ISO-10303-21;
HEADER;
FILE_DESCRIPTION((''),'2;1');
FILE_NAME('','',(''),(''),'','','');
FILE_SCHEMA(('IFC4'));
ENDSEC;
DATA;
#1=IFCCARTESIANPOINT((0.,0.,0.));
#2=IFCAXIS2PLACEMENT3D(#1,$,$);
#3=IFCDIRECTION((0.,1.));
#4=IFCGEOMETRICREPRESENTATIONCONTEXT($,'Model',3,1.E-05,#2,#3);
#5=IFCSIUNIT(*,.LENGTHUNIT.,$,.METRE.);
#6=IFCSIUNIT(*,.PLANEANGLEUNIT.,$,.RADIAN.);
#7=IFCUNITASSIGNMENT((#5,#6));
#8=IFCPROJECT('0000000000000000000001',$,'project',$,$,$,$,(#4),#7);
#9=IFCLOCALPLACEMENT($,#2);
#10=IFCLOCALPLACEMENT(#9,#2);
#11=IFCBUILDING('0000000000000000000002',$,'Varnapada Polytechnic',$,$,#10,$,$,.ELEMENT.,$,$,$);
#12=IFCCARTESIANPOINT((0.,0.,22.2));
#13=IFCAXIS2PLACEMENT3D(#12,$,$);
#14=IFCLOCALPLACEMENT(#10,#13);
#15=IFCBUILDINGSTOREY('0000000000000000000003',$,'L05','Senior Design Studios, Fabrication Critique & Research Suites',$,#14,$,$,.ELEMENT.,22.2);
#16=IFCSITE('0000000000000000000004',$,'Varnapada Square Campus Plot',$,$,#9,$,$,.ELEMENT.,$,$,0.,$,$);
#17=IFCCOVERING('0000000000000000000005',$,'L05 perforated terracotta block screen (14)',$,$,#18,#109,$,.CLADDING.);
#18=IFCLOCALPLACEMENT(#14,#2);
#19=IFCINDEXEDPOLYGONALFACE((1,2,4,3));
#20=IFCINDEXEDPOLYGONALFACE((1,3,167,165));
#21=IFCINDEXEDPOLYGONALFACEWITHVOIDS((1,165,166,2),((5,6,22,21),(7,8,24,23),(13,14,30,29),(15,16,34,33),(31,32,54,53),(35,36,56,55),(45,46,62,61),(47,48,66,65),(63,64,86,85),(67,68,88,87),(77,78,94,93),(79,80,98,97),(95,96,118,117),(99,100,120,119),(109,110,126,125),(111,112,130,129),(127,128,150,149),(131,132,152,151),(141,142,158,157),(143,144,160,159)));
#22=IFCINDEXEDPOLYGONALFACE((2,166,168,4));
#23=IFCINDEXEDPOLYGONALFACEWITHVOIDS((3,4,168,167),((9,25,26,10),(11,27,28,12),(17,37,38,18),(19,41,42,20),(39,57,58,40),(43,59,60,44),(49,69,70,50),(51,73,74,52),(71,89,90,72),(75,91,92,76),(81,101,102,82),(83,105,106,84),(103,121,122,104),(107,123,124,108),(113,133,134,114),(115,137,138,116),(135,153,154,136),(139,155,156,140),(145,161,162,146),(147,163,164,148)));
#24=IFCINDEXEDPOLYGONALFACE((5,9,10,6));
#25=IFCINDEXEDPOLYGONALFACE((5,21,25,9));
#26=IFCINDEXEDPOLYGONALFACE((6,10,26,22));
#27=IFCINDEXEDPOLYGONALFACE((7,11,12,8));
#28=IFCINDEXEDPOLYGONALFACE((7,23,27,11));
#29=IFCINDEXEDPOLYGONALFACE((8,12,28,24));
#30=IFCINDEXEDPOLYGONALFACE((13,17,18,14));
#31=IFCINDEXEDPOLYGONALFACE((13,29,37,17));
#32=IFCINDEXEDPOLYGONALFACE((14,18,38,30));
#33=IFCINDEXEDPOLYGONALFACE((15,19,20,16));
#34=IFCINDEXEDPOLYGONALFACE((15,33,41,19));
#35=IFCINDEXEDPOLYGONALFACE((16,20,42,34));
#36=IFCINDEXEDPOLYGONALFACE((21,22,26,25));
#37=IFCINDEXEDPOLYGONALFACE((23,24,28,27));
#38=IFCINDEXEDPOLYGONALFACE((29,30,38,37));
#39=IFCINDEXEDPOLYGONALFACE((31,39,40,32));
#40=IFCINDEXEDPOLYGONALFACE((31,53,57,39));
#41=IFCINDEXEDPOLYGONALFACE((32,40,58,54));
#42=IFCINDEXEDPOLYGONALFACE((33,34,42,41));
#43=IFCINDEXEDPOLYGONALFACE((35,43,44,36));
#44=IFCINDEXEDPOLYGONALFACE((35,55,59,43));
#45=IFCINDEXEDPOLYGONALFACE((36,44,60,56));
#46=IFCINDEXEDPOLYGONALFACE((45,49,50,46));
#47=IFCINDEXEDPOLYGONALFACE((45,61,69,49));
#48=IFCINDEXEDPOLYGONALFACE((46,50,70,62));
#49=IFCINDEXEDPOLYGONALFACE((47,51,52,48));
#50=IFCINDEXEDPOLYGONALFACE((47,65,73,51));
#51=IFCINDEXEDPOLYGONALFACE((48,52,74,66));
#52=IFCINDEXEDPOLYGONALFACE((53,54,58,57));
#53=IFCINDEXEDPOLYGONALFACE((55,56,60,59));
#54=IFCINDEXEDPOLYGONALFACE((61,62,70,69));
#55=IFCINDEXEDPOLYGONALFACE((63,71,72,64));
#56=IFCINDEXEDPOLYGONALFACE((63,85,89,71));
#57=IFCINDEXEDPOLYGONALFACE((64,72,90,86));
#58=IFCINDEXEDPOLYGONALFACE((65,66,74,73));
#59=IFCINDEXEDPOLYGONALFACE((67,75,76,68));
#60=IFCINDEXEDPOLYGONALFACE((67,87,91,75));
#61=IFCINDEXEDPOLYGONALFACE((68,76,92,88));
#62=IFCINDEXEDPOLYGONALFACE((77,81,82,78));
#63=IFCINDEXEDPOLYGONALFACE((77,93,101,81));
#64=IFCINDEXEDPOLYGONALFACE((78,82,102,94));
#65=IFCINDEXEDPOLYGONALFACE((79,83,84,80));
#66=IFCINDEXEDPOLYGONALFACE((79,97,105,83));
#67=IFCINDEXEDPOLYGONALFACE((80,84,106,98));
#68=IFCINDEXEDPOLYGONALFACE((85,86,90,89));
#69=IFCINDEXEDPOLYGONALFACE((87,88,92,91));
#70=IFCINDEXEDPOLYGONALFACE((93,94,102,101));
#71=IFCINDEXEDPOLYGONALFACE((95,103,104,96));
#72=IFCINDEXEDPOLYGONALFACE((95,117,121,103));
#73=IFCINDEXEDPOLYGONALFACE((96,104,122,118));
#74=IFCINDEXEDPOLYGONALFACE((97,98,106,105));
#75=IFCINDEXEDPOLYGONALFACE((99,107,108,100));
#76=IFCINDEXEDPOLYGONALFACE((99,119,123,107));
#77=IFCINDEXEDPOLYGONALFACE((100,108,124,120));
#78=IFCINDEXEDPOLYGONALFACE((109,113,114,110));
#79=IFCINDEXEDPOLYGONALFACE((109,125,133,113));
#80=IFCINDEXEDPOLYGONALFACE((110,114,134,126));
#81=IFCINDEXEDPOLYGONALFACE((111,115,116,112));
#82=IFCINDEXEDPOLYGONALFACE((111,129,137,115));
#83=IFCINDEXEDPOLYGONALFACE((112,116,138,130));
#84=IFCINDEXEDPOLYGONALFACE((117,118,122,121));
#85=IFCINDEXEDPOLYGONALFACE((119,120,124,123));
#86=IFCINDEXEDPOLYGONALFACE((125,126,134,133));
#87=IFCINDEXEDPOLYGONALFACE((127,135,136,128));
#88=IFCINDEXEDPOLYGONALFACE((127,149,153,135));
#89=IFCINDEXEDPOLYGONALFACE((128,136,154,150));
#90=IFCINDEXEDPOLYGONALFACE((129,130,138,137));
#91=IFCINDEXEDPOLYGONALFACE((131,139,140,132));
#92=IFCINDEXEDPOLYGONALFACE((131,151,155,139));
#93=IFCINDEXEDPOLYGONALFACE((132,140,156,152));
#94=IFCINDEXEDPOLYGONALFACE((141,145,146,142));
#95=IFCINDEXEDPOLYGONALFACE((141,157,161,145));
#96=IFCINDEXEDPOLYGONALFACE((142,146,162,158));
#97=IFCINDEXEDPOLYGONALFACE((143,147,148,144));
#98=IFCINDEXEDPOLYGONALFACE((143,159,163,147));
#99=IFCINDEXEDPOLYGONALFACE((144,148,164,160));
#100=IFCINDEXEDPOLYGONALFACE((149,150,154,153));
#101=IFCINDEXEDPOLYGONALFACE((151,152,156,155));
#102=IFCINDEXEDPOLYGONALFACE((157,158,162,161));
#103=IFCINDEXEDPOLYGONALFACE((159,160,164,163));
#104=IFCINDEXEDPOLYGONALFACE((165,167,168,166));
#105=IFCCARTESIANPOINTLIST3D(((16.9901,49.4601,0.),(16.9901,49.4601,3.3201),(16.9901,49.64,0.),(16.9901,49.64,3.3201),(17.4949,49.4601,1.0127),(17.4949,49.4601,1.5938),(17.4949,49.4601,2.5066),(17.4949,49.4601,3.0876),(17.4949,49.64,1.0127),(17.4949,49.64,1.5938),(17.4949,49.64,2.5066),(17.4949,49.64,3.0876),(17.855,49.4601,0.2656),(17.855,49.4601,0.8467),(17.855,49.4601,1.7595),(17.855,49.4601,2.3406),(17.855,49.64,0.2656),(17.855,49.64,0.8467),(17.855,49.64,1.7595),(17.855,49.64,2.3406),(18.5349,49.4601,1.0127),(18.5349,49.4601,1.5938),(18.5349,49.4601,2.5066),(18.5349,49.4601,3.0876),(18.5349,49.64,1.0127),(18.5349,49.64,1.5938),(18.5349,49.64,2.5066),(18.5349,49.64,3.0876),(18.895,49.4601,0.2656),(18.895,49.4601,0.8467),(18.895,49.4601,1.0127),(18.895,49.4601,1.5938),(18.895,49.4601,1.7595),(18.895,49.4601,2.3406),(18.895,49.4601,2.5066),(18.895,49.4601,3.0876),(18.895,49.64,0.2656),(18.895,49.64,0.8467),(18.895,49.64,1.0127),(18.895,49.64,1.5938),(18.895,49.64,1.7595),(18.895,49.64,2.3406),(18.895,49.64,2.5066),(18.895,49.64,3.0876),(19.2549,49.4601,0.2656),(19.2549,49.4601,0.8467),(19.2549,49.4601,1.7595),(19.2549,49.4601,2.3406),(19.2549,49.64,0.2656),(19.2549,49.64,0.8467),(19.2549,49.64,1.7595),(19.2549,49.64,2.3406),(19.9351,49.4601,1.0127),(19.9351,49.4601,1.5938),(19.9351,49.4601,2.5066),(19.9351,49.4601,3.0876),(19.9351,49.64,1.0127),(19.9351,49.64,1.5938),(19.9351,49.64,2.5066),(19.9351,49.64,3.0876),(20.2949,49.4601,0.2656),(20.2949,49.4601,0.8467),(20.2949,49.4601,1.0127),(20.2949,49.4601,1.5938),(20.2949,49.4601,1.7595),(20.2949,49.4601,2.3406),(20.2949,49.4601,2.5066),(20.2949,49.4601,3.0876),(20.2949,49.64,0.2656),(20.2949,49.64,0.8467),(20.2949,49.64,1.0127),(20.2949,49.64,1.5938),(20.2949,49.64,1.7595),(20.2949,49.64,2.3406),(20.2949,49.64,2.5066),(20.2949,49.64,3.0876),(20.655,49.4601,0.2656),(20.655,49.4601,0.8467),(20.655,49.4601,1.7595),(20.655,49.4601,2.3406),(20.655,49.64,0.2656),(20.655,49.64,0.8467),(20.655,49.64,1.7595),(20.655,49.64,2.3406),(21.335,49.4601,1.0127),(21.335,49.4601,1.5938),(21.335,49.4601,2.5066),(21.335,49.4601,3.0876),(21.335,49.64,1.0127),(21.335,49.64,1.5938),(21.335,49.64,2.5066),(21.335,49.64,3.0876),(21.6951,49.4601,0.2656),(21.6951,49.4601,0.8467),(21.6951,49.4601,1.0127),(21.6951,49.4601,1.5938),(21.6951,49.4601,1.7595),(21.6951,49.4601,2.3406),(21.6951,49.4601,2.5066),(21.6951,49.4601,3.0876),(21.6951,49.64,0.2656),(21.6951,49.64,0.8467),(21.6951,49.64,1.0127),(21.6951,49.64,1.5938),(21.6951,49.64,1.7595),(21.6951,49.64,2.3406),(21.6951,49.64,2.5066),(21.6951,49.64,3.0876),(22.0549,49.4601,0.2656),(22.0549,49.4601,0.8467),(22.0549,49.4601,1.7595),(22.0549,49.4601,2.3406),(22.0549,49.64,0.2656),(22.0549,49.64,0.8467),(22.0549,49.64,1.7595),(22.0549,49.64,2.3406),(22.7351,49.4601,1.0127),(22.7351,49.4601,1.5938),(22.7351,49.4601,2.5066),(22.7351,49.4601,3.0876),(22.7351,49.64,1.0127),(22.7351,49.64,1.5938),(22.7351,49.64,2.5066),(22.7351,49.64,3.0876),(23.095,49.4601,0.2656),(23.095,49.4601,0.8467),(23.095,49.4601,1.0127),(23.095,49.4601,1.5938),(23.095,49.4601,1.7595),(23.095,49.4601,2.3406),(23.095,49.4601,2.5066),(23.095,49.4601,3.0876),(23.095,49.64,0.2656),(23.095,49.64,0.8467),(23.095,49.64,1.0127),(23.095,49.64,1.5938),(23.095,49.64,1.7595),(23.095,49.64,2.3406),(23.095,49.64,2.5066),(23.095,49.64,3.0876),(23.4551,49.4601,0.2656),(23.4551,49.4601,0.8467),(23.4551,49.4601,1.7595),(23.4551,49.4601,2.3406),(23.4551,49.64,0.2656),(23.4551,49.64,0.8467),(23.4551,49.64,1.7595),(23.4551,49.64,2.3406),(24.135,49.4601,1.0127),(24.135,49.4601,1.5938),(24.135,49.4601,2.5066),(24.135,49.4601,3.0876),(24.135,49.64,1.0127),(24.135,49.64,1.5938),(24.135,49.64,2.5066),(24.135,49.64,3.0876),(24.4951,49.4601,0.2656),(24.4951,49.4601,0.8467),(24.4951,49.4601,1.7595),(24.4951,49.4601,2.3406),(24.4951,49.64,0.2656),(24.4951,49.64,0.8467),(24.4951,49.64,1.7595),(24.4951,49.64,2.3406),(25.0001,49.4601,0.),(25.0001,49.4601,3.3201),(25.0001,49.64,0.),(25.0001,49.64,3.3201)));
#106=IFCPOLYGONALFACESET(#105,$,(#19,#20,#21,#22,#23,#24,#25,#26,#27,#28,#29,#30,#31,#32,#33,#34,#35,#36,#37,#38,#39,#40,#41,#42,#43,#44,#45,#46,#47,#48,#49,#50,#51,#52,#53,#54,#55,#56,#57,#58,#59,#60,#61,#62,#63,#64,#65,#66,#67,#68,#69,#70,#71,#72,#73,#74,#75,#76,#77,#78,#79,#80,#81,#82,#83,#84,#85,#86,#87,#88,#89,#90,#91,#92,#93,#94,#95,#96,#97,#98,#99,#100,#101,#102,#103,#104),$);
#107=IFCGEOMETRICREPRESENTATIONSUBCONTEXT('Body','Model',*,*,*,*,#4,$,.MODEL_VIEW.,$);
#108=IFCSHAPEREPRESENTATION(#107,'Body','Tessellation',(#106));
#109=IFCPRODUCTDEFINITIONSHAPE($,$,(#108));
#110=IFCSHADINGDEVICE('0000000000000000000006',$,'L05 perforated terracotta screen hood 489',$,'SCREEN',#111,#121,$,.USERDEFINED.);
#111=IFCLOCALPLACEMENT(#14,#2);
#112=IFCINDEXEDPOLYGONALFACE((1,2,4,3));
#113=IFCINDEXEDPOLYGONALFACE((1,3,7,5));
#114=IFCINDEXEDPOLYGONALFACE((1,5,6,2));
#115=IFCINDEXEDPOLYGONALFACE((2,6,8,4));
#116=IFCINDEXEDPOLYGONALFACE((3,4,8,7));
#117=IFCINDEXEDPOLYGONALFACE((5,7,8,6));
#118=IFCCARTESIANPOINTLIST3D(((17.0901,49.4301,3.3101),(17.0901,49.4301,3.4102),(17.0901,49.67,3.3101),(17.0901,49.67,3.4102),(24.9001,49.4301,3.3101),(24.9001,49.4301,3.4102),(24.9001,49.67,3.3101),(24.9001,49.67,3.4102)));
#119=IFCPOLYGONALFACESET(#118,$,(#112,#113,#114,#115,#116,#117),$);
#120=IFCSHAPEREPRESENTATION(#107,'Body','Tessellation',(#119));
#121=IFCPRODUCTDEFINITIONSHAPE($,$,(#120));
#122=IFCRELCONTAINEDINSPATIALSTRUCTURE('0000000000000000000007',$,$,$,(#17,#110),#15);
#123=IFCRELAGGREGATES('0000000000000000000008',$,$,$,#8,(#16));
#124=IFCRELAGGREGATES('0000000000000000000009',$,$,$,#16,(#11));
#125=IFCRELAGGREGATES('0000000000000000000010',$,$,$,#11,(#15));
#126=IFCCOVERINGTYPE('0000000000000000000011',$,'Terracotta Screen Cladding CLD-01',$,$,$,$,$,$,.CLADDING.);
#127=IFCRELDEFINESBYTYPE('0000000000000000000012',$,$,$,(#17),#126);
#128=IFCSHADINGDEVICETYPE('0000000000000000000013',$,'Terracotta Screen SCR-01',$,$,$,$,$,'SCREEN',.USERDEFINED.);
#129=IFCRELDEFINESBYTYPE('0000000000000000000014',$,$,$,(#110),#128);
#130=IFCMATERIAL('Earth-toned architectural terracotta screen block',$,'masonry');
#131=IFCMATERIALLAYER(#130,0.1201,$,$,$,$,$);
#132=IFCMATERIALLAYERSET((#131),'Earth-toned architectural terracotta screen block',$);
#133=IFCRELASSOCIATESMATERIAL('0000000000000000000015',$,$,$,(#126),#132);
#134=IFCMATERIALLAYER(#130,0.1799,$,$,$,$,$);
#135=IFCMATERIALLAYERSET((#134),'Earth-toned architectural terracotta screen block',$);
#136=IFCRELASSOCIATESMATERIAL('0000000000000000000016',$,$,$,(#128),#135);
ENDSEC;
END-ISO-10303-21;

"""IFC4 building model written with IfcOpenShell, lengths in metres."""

from ifc_helpers import new_model, si_unit, direction, frame, frame_2d, origin, origin_2d, place, context, subcontext, project, spatial, rectangle, extrude, material, layer, layer_set, type_object, element, save


model = new_model("IFC4")

# Units and contexts
model_context = context("Model", 3, precision=1e-05, world=origin(), true_north=direction((0.0, 1.0)))
body_context = subcontext(model_context, "Body", "Model", "MODEL_VIEW")
ifc_project = project(units=[si_unit("LENGTHUNIT", "METRE"), si_unit("PLANEANGLEUNIT", "RADIAN")], contexts=[model_context])

# Site, building, storey
site_placement = place(None, origin())
site = spatial("IfcSite", under=ifc_project, at=site_placement, Name="Varnapada Square Campus Plot", CompositionType="ELEMENT", RefElevation=0.0)
building_placement = place(site_placement, origin())
building = spatial("IfcBuilding", under=site, at=building_placement, Name="Varnapada Polytechnic", CompositionType="ELEMENT")
storey_placement = place(building_placement, frame((0.0, 0.0, 22.2)))
storey = spatial("IfcBuildingStorey", under=building, at=storey_placement, Name="L05", Description="Senior Design Studios, Fabrication Critique & Research Suites", CompositionType="ELEMENT", Elevation=22.2)

# Covering, openings
ifc_material_1 = material(Name="Earth-toned architectural terracotta screen block", Category="masonry")
ifc_layer_1 = layer(ifc_material_1, 0.1201)
ifc_layer_set_1 = layer_set([ifc_layer_1], Name="Earth-toned architectural terracotta screen block")
covering_type = type_object("IfcCoveringType", Name="Terracotta Screen Cladding CLD-01", PredefinedType="CLADDING", material=ifc_layer_set_1)
covering_placement = place(storey_placement, frame((25.0, 49.55, 0.0), z_axis=(0.0, 0.0, 1.0), x_axis=(-1.0, 0.0, 0.0)))
covering = element("IfcCovering", 1, at=covering_placement, inside=storey, type_object=covering_type, Name="L05 perforated terracotta block screen (14)", PredefinedType="CLADDING", context=body_context, shape_type="SweptSolid", body=[
    extrude(rectangle(XDim=8.01, YDim=0.1799, at=frame_2d((4.0049, 0.0))), origin(), (0.0, 0.0, 1.0), 3.3201),
])
opening_1_placement = place(covering_placement, frame((0.5049, 0.0, 0.2656)))
element("IfcOpeningElement", 2, at=opening_1_placement, cuts=covering, PredefinedType="OPENING", context=body_context, shape_type="SweptSolid", body=[
    extrude(rectangle(XDim=1.04, YDim=0.5811, at=frame_2d((0.52, 0.2905))), frame((0.0, 0.0999, 0.0), z_axis=(0.0, -1.0, 0.0), x_axis=(1.0, 0.0, 0.0)), (0.0, 0.0, 1.0), 0.2),
])
opening_2_placement = place(covering_placement, frame((1.905, 0.0, 0.2656)))
element("IfcOpeningElement", 3, at=opening_2_placement, cuts=covering, PredefinedType="OPENING", context=body_context, shape_type="SweptSolid", body=[
    extrude(rectangle(XDim=1.04, YDim=0.5811, at=frame_2d((0.52, 0.2905))), frame((0.0, 0.0999, 0.0), z_axis=(0.0, -1.0, 0.0), x_axis=(1.0, 0.0, 0.0)), (0.0, 0.0, 1.0), 0.2),
])
opening_3_placement = place(covering_placement, frame((3.3049, 0.0, 0.2656)))
element("IfcOpeningElement", 4, at=opening_3_placement, cuts=covering, PredefinedType="OPENING", context=body_context, shape_type="SweptSolid", body=[
    extrude(rectangle(XDim=1.04, YDim=0.5811, at=frame_2d((0.52, 0.2905))), frame((0.0, 0.0999, 0.0), z_axis=(0.0, -1.0, 0.0), x_axis=(1.0, 0.0, 0.0)), (0.0, 0.0, 1.0), 0.2),
])
opening_4_placement = place(covering_placement, frame((4.7051, 0.0, 0.2656)))
element("IfcOpeningElement", 5, at=opening_4_placement, cuts=covering, PredefinedType="OPENING", context=body_context, shape_type="SweptSolid", body=[
    extrude(rectangle(XDim=1.04, YDim=0.5811, at=frame_2d((0.52, 0.2905))), frame((0.0, 0.0999, 0.0), z_axis=(0.0, -1.0, 0.0), x_axis=(1.0, 0.0, 0.0)), (0.0, 0.0, 1.0), 0.2),
])
opening_5_placement = place(covering_placement, frame((6.105, 0.0, 0.2656)))
element("IfcOpeningElement", 6, at=opening_5_placement, cuts=covering, PredefinedType="OPENING", context=body_context, shape_type="SweptSolid", body=[
    extrude(rectangle(XDim=1.04, YDim=0.5811, at=frame_2d((0.52, 0.2905))), frame((0.0, 0.0999, 0.0), z_axis=(0.0, -1.0, 0.0), x_axis=(1.0, 0.0, 0.0)), (0.0, 0.0, 1.0), 0.2),
])
opening_6_placement = place(covering_placement, frame((0.865, 0.0, 1.0127)))
element("IfcOpeningElement", 7, at=opening_6_placement, cuts=covering, PredefinedType="OPENING", context=body_context, shape_type="SweptSolid", body=[
    extrude(rectangle(XDim=1.04, YDim=0.5811, at=frame_2d((0.52, 0.2905))), frame((0.0, 0.0999, 0.0), z_axis=(0.0, -1.0, 0.0), x_axis=(1.0, 0.0, 0.0)), (0.0, 0.0, 1.0), 0.2),
])
opening_7_placement = place(covering_placement, frame((2.2649, 0.0, 1.0127)))
element("IfcOpeningElement", 8, at=opening_7_placement, cuts=covering, PredefinedType="OPENING", context=body_context, shape_type="SweptSolid", body=[
    extrude(rectangle(XDim=1.04, YDim=0.5811, at=frame_2d((0.52, 0.2905))), frame((0.0, 0.0999, 0.0), z_axis=(0.0, -1.0, 0.0), x_axis=(1.0, 0.0, 0.0)), (0.0, 0.0, 1.0), 0.2),
])
opening_8_placement = place(covering_placement, frame((3.665, 0.0, 1.0127)))
element("IfcOpeningElement", 9, at=opening_8_placement, cuts=covering, PredefinedType="OPENING", context=body_context, shape_type="SweptSolid", body=[
    extrude(rectangle(XDim=1.04, YDim=0.5811, at=frame_2d((0.52, 0.2905))), frame((0.0, 0.0999, 0.0), z_axis=(0.0, -1.0, 0.0), x_axis=(1.0, 0.0, 0.0)), (0.0, 0.0, 1.0), 0.2),
])
opening_9_placement = place(covering_placement, frame((5.0649, 0.0, 1.0127)))
element("IfcOpeningElement", 10, at=opening_9_placement, cuts=covering, PredefinedType="OPENING", context=body_context, shape_type="SweptSolid", body=[
    extrude(rectangle(XDim=1.04, YDim=0.5811, at=frame_2d((0.52, 0.2905))), frame((0.0, 0.0999, 0.0), z_axis=(0.0, -1.0, 0.0), x_axis=(1.0, 0.0, 0.0)), (0.0, 0.0, 1.0), 0.2),
])
opening_10_placement = place(covering_placement, frame((6.4651, 0.0, 1.0127)))
element("IfcOpeningElement", 11, at=opening_10_placement, cuts=covering, PredefinedType="OPENING", context=body_context, shape_type="SweptSolid", body=[
    extrude(rectangle(XDim=1.04, YDim=0.5811, at=frame_2d((0.52, 0.2905))), frame((0.0, 0.0999, 0.0), z_axis=(0.0, -1.0, 0.0), x_axis=(1.0, 0.0, 0.0)), (0.0, 0.0, 1.0), 0.2),
])
opening_11_placement = place(covering_placement, frame((0.5049, 0.0, 1.7595)))
element("IfcOpeningElement", 12, at=opening_11_placement, cuts=covering, PredefinedType="OPENING", context=body_context, shape_type="SweptSolid", body=[
    extrude(rectangle(XDim=1.04, YDim=0.5811, at=frame_2d((0.52, 0.2905))), frame((0.0, 0.0999, 0.0), z_axis=(0.0, -1.0, 0.0), x_axis=(1.0, 0.0, 0.0)), (0.0, 0.0, 1.0), 0.2),
])
opening_12_placement = place(covering_placement, frame((1.905, 0.0, 1.7595)))
element("IfcOpeningElement", 13, at=opening_12_placement, cuts=covering, PredefinedType="OPENING", context=body_context, shape_type="SweptSolid", body=[
    extrude(rectangle(XDim=1.04, YDim=0.5811, at=frame_2d((0.52, 0.2905))), frame((0.0, 0.0999, 0.0), z_axis=(0.0, -1.0, 0.0), x_axis=(1.0, 0.0, 0.0)), (0.0, 0.0, 1.0), 0.2),
])
opening_13_placement = place(covering_placement, frame((3.3049, 0.0, 1.7595)))
element("IfcOpeningElement", 14, at=opening_13_placement, cuts=covering, PredefinedType="OPENING", context=body_context, shape_type="SweptSolid", body=[
    extrude(rectangle(XDim=1.04, YDim=0.5811, at=frame_2d((0.52, 0.2905))), frame((0.0, 0.0999, 0.0), z_axis=(0.0, -1.0, 0.0), x_axis=(1.0, 0.0, 0.0)), (0.0, 0.0, 1.0), 0.2),
])
opening_14_placement = place(covering_placement, frame((4.7051, 0.0, 1.7595)))
element("IfcOpeningElement", 15, at=opening_14_placement, cuts=covering, PredefinedType="OPENING", context=body_context, shape_type="SweptSolid", body=[
    extrude(rectangle(XDim=1.04, YDim=0.5811, at=frame_2d((0.52, 0.2905))), frame((0.0, 0.0999, 0.0), z_axis=(0.0, -1.0, 0.0), x_axis=(1.0, 0.0, 0.0)), (0.0, 0.0, 1.0), 0.2),
])
opening_15_placement = place(covering_placement, frame((6.105, 0.0, 1.7595)))
element("IfcOpeningElement", 16, at=opening_15_placement, cuts=covering, PredefinedType="OPENING", context=body_context, shape_type="SweptSolid", body=[
    extrude(rectangle(XDim=1.04, YDim=0.5811, at=frame_2d((0.52, 0.2905))), frame((0.0, 0.0999, 0.0), z_axis=(0.0, -1.0, 0.0), x_axis=(1.0, 0.0, 0.0)), (0.0, 0.0, 1.0), 0.2),
])
opening_16_placement = place(covering_placement, frame((0.865, 0.0, 2.5066)))
element("IfcOpeningElement", 17, at=opening_16_placement, cuts=covering, PredefinedType="OPENING", context=body_context, shape_type="SweptSolid", body=[
    extrude(rectangle(XDim=1.04, YDim=0.5811, at=frame_2d((0.52, 0.2905))), frame((0.0, 0.0999, 0.0), z_axis=(0.0, -1.0, 0.0), x_axis=(1.0, 0.0, 0.0)), (0.0, 0.0, 1.0), 0.2),
])
opening_17_placement = place(covering_placement, frame((2.2649, 0.0, 2.5066)))
element("IfcOpeningElement", 18, at=opening_17_placement, cuts=covering, PredefinedType="OPENING", context=body_context, shape_type="SweptSolid", body=[
    extrude(rectangle(XDim=1.04, YDim=0.5811, at=frame_2d((0.52, 0.2905))), frame((0.0, 0.0999, 0.0), z_axis=(0.0, -1.0, 0.0), x_axis=(1.0, 0.0, 0.0)), (0.0, 0.0, 1.0), 0.2),
])
opening_18_placement = place(covering_placement, frame((3.665, 0.0, 2.5066)))
element("IfcOpeningElement", 19, at=opening_18_placement, cuts=covering, PredefinedType="OPENING", context=body_context, shape_type="SweptSolid", body=[
    extrude(rectangle(XDim=1.04, YDim=0.5811, at=frame_2d((0.52, 0.2905))), frame((0.0, 0.0999, 0.0), z_axis=(0.0, -1.0, 0.0), x_axis=(1.0, 0.0, 0.0)), (0.0, 0.0, 1.0), 0.2),
])
opening_19_placement = place(covering_placement, frame((5.0649, 0.0, 2.5066)))
element("IfcOpeningElement", 20, at=opening_19_placement, cuts=covering, PredefinedType="OPENING", context=body_context, shape_type="SweptSolid", body=[
    extrude(rectangle(XDim=1.04, YDim=0.5811, at=frame_2d((0.52, 0.2905))), frame((0.0, 0.0999, 0.0), z_axis=(0.0, -1.0, 0.0), x_axis=(1.0, 0.0, 0.0)), (0.0, 0.0, 1.0), 0.2),
])
opening_20_placement = place(covering_placement, frame((6.4651, 0.0, 2.5066)))
element("IfcOpeningElement", 21, at=opening_20_placement, cuts=covering, PredefinedType="OPENING", context=body_context, shape_type="SweptSolid", body=[
    extrude(rectangle(XDim=1.04, YDim=0.5811, at=frame_2d((0.52, 0.2905))), frame((0.0, 0.0999, 0.0), z_axis=(0.0, -1.0, 0.0), x_axis=(1.0, 0.0, 0.0)), (0.0, 0.0, 1.0), 0.2),
])

# Shading device
ifc_layer_2 = layer(ifc_material_1, 0.1799)
ifc_layer_set_2 = layer_set([ifc_layer_2], Name="Earth-toned architectural terracotta screen block")
shading_device_type = type_object("IfcShadingDeviceType", Name="Terracotta Screen SCR-01", ElementType="SCREEN", PredefinedType="USERDEFINED", material=ifc_layer_set_2)
shading_device_placement = place(storey_placement, frame((20.9951, 49.55, 3.3101), z_axis=(0.0, 0.0, 1.0), x_axis=(-1.0, 0.0, 0.0)))
element("IfcShadingDevice", 22, at=shading_device_placement, inside=storey, type_object=shading_device_type, Name="L05 perforated terracotta screen hood 489", ObjectType="SCREEN", PredefinedType="USERDEFINED", context=body_context, shape_type="SweptSolid", body=[
    extrude(rectangle(XDim=7.8101, YDim=0.24, at=origin_2d()), origin(), (0.0, 0.0, 1.0), 0.1001),
])

save(model, "model.ifc")
